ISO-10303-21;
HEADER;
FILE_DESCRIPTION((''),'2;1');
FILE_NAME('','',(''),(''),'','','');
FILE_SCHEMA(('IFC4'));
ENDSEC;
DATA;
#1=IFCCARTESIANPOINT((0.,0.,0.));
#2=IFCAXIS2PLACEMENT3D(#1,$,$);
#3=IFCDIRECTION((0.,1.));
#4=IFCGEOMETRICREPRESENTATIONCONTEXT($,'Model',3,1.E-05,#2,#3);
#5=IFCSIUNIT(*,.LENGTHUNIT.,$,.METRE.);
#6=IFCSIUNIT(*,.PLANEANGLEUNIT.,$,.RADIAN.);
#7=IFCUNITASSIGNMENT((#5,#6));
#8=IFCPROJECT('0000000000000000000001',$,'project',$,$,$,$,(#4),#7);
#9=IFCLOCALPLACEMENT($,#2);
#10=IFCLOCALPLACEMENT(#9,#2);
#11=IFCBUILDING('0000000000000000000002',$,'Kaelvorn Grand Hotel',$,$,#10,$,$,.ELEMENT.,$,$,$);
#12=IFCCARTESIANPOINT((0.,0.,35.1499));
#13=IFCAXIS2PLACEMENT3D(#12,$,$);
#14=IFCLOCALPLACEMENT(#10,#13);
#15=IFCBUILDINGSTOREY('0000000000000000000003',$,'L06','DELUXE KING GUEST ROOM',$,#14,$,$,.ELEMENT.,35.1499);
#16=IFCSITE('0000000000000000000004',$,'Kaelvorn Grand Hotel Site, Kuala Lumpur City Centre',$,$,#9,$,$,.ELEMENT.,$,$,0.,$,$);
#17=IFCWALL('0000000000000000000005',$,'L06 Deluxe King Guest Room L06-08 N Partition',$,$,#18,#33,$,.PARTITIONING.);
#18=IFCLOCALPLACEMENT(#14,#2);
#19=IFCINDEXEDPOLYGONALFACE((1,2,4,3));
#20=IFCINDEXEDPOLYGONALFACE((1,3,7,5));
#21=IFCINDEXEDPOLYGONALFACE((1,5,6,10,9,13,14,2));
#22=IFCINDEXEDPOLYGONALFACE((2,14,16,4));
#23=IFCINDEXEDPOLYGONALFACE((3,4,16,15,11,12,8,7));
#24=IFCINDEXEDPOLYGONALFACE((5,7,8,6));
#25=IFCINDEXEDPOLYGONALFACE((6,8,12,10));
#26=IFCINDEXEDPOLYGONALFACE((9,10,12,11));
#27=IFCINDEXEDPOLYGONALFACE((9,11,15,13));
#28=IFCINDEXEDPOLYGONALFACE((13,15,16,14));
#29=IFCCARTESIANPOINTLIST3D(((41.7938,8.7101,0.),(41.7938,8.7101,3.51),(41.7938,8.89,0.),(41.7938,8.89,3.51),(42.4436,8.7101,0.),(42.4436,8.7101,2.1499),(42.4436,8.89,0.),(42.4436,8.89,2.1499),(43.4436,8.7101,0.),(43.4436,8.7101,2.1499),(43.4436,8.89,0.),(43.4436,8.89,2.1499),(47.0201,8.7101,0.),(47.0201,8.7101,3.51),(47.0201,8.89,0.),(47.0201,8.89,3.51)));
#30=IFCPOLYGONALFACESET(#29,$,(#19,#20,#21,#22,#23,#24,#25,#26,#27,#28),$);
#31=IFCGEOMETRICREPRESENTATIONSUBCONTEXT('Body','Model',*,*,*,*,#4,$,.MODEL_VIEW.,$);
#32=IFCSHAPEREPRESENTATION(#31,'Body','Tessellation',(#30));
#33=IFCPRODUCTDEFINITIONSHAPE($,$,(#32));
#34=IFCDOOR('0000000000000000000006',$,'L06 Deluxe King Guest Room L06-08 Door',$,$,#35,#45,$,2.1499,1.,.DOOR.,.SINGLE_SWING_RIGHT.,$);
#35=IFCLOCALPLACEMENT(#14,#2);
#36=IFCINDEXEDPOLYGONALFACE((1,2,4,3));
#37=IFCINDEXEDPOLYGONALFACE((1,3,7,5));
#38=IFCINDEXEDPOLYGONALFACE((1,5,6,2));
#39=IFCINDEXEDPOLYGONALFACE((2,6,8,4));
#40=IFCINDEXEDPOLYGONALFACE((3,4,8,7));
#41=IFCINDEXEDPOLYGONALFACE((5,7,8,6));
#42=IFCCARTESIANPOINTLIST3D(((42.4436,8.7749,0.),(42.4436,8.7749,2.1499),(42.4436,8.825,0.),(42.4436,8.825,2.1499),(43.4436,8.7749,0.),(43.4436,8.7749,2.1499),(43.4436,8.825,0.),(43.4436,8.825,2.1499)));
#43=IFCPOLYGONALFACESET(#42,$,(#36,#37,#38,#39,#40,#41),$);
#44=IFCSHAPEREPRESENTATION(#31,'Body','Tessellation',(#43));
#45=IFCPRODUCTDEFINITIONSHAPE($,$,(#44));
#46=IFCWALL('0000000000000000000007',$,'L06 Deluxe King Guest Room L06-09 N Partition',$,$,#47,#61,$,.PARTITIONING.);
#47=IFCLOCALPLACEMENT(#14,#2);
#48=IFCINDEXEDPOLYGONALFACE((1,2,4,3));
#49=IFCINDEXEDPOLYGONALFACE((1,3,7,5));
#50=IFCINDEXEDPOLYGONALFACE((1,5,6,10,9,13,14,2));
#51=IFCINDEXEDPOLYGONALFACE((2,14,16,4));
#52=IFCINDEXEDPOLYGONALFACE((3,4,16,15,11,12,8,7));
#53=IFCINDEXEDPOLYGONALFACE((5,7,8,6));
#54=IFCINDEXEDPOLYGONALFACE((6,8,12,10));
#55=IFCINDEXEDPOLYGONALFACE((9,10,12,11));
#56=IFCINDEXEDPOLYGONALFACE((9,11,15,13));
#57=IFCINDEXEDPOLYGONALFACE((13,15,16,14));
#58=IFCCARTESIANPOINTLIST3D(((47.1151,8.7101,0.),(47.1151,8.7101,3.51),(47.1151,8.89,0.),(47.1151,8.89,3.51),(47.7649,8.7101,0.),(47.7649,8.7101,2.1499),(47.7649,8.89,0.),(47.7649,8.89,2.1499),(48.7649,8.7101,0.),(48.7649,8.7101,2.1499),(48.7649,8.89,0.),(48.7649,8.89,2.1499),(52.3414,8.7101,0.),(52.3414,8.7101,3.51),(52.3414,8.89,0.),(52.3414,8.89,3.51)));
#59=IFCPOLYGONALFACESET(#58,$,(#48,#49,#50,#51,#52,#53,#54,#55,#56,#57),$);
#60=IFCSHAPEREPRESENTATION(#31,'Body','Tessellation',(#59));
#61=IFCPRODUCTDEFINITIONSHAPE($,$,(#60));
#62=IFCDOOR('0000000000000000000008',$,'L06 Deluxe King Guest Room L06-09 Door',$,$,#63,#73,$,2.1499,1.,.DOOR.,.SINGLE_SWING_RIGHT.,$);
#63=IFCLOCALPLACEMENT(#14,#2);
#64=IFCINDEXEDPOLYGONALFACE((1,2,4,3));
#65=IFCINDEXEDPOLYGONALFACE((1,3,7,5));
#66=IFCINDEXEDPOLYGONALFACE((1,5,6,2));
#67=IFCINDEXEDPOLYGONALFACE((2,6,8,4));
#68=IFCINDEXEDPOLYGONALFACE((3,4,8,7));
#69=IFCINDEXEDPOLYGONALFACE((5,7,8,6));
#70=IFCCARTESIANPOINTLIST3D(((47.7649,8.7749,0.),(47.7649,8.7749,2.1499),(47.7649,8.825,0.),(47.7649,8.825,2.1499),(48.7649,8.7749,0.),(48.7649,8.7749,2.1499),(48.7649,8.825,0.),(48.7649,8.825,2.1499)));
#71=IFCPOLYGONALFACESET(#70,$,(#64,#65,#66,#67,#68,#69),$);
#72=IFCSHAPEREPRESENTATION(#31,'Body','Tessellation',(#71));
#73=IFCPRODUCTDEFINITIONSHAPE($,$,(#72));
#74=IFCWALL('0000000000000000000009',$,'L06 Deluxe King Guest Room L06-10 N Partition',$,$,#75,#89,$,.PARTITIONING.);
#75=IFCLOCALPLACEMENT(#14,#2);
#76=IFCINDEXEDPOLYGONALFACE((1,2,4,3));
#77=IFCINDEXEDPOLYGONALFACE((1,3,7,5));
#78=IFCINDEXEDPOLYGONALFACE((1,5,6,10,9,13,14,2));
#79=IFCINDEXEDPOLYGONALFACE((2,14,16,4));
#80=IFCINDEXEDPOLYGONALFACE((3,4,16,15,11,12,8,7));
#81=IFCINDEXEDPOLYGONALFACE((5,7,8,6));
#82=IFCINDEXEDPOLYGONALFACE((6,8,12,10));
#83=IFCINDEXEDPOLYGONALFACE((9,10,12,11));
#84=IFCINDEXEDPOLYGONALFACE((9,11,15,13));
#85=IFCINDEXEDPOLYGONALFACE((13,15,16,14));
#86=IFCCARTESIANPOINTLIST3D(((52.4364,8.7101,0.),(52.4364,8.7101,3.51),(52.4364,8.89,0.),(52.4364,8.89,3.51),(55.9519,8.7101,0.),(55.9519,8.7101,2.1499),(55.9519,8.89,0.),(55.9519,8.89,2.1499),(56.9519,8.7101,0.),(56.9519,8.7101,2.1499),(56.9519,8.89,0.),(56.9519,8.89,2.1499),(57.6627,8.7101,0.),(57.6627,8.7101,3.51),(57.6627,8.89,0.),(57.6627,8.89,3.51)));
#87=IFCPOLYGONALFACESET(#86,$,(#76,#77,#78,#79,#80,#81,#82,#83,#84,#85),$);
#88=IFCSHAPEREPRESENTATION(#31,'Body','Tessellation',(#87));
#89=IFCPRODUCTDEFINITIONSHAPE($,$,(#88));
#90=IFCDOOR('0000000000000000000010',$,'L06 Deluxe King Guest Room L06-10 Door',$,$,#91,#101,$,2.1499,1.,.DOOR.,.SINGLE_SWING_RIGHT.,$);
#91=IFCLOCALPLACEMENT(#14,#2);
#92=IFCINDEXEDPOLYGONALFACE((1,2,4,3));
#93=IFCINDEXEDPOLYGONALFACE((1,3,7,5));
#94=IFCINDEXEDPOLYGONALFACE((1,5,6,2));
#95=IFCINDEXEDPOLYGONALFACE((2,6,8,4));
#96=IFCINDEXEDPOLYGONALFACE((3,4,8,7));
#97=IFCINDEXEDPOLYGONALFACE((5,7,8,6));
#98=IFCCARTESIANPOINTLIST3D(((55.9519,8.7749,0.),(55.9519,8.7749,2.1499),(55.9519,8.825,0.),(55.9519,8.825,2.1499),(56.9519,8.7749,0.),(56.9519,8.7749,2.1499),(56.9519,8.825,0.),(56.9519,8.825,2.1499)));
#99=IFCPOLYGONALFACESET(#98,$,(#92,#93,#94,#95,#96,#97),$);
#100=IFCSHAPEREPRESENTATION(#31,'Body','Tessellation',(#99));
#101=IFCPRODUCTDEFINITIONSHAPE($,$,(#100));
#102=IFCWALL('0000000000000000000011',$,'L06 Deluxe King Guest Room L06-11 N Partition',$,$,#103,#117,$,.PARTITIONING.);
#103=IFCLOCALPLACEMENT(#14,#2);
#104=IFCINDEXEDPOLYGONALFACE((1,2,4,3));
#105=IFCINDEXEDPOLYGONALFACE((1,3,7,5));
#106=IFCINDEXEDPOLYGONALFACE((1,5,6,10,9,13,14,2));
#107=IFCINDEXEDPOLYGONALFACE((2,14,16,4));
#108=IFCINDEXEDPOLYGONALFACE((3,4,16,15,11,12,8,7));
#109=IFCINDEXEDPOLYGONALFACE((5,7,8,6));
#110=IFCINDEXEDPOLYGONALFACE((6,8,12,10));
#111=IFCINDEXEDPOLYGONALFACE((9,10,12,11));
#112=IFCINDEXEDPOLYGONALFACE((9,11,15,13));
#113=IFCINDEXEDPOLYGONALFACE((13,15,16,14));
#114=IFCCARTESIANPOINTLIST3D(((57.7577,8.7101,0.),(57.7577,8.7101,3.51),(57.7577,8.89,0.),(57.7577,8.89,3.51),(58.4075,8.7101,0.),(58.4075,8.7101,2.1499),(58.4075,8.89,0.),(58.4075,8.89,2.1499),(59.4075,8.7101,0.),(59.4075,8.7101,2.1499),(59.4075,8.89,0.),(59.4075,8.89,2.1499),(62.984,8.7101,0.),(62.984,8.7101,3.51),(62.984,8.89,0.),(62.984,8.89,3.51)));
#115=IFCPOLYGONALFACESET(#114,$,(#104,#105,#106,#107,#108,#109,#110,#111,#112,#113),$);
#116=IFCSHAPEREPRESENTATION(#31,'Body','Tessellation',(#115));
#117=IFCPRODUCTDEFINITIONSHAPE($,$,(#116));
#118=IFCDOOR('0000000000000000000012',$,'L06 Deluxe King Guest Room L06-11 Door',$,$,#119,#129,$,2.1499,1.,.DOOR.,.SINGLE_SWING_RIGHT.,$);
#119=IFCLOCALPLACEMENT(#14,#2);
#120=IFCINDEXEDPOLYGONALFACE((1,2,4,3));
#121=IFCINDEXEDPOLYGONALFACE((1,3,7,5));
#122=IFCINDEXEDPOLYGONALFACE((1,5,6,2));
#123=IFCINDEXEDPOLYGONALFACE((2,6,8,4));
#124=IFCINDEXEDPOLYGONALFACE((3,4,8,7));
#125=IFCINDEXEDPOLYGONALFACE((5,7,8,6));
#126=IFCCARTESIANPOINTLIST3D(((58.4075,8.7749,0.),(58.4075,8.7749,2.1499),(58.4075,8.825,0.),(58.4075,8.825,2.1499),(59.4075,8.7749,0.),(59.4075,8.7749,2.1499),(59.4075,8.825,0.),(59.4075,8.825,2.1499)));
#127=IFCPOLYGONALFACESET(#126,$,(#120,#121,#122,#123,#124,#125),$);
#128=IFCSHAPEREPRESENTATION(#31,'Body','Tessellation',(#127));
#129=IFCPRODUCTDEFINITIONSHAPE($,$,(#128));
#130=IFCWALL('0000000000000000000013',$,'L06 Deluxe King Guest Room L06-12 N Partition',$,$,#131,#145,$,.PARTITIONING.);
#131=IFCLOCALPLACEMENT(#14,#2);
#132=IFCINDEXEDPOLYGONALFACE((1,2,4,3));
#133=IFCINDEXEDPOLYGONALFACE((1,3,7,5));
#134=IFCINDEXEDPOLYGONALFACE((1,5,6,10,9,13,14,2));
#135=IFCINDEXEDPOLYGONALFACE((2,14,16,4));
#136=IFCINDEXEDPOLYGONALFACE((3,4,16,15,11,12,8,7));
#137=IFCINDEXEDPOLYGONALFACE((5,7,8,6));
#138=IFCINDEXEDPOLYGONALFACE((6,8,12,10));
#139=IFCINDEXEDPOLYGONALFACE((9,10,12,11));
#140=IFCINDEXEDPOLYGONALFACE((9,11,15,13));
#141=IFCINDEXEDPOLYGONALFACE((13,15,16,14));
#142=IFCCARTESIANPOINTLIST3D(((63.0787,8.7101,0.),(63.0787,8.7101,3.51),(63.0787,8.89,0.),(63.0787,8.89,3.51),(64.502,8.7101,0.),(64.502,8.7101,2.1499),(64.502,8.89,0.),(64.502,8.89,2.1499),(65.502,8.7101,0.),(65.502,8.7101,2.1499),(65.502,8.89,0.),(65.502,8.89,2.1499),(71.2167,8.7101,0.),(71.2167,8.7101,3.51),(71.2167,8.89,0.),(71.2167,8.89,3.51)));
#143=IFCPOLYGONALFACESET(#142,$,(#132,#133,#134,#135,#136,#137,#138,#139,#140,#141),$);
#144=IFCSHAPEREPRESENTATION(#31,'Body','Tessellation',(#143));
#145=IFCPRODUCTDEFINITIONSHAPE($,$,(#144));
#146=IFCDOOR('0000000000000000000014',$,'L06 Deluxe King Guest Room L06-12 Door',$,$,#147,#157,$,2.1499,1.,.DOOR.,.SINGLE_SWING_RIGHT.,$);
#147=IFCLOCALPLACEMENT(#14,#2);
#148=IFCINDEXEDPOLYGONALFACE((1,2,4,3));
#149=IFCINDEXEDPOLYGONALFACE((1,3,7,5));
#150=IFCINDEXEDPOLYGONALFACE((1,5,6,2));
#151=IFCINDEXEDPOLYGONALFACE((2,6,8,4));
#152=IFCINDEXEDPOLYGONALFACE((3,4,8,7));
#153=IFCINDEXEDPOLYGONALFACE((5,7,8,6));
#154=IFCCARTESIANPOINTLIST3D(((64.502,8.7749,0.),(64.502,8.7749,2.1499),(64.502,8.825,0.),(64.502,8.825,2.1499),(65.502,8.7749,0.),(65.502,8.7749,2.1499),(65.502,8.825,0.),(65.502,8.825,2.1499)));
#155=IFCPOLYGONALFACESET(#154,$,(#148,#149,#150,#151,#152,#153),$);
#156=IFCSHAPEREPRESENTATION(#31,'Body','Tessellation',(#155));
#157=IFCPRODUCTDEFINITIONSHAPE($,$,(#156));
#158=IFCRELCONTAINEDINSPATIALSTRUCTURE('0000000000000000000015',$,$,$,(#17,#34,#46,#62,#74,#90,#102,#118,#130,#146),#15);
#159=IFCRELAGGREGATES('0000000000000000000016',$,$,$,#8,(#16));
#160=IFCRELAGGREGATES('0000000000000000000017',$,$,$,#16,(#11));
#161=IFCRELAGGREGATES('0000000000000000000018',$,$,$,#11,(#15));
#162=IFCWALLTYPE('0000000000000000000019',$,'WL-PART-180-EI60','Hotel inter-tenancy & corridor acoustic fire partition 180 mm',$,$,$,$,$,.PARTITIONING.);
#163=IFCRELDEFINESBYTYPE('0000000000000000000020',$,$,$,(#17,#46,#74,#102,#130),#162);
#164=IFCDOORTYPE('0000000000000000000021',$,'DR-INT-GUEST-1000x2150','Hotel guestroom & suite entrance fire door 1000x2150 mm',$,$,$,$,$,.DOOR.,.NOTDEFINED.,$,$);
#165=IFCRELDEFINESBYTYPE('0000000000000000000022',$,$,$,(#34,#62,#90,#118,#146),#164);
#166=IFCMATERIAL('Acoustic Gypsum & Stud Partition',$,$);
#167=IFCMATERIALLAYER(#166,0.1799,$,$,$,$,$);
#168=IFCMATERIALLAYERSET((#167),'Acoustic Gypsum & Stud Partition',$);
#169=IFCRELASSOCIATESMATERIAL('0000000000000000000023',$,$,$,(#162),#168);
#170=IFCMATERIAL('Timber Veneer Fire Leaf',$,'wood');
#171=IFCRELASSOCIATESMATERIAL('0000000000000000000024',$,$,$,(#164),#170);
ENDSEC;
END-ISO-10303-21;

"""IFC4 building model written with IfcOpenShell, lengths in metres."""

from ifc_helpers import new_model, si_unit, direction, frame, frame_2d, origin, place, context, subcontext, project, spatial, rectangle, extrude, material, layer, layer_set, type_object, element, fill, save


model = new_model("IFC4")

# Units and contexts
model_context = context("Model", 3, precision=1e-05, world=origin(), true_north=direction((0.0, 1.0)))
body_context = subcontext(model_context, "Body", "Model", "MODEL_VIEW")
ifc_project = project(units=[si_unit("LENGTHUNIT", "METRE"), si_unit("PLANEANGLEUNIT", "RADIAN")], contexts=[model_context])

# Site, building, storey
site_placement = place(None, origin())
site = spatial("IfcSite", under=ifc_project, at=site_placement, Name="Kaelvorn Grand Hotel Site, Kuala Lumpur City Centre", CompositionType="ELEMENT", RefElevation=0.0)
building_placement = place(site_placement, origin())
building = spatial("IfcBuilding", under=site, at=building_placement, Name="Kaelvorn Grand Hotel", CompositionType="ELEMENT")
storey_placement = place(building_placement, frame((0.0, 0.0, 35.1499)))
storey = spatial("IfcBuildingStorey", under=building, at=storey_placement, Name="L06", Description="DELUXE KING GUEST ROOM", CompositionType="ELEMENT", Elevation=35.1499)

# Shared definitions
ifc_material_1 = material(Name="Acoustic Gypsum & Stud Partition")
ifc_material_2 = material(Name="Timber Veneer Fire Leaf", Category="wood")

# Walls, openings, doors
ifc_layer_1 = layer(ifc_material_1, 0.1799)
ifc_layer_set_1 = layer_set([ifc_layer_1], Name="Acoustic Gypsum & Stud Partition")
wall_type_1 = type_object("IfcWallType", Name="WL-PART-180-EI60", Description="Hotel inter-tenancy & corridor acoustic fire partition 180 mm", PredefinedType="PARTITIONING", material=ifc_layer_set_1)
wall_1_placement = place(storey_placement, frame((41.7937, 8.8, 0.0), z_axis=(0.0, 0.0, 1.0), x_axis=(1.0, 0.0, 0.0)))
wall_1 = element("IfcWall", 1, at=wall_1_placement, inside=storey, type_object=wall_type_1, Name="L06 Deluxe King Guest Room L06-08 N Partition", PredefinedType="PARTITIONING", context=body_context, shape_type="SweptSolid", body=[
    extrude(rectangle(XDim=5.2263, YDim=0.1799, at=frame_2d((2.6133, 0.0))), origin(), (0.0, 0.0, 1.0), 3.51),
])
opening_1_placement = place(wall_1_placement, frame((0.6499, 0.0, 0.0)))
opening_1 = element("IfcOpeningElement", 2, at=opening_1_placement, cuts=wall_1, PredefinedType="OPENING", context=body_context, shape_type="SweptSolid", body=[
    extrude(rectangle(XDim=1.0, YDim=2.1499, at=frame_2d((0.5, 1.075))), frame((0.0, 0.1001, 0.0), z_axis=(0.0, -1.0, 0.0), x_axis=(1.0, 0.0, 0.0)), (0.0, 0.0, 1.0), 0.2),
])
door_type_1 = type_object("IfcDoorType", Name="DR-INT-GUEST-1000x2150", Description="Hotel guestroom & suite entrance fire door 1000x2150 mm", OperationType="NOTDEFINED", PredefinedType="DOOR", material=ifc_material_2)
door_1_placement = place(opening_1_placement, origin())
door_1 = element("IfcDoor", 3, at=door_1_placement, inside=storey, type_object=door_type_1, Name="L06 Deluxe King Guest Room L06-08 Door", OperationType="SINGLE_SWING_RIGHT", OverallHeight=2.1499, OverallWidth=1.0, PredefinedType="DOOR", context=body_context, shape_type="SweptSolid", body=[
    extrude(rectangle(XDim=1.0, YDim=2.1499, at=frame_2d((0.5, 1.075))), frame((0.0, 0.0249, 0.0), z_axis=(0.0, -1.0, 0.0), x_axis=(1.0, 0.0, 0.0)), (0.0, 0.0, 1.0), 0.05),
])
fill(opening_1, door_1)
wall_2_placement = place(storey_placement, frame((47.115, 8.8, 0.0), z_axis=(0.0, 0.0, 1.0), x_axis=(1.0, 0.0, 0.0)))
wall_2 = element("IfcWall", 4, at=wall_2_placement, inside=storey, type_object=wall_type_1, Name="L06 Deluxe King Guest Room L06-09 N Partition", PredefinedType="PARTITIONING", context=body_context, shape_type="SweptSolid", body=[
    extrude(rectangle(XDim=5.2263, YDim=0.1799, at=frame_2d((2.6133, 0.0))), origin(), (0.0, 0.0, 1.0), 3.51),
])
opening_2_placement = place(wall_2_placement, frame((0.6499, 0.0, 0.0)))
opening_2 = element("IfcOpeningElement", 5, at=opening_2_placement, cuts=wall_2, PredefinedType="OPENING", context=body_context, shape_type="SweptSolid", body=[
    extrude(rectangle(XDim=1.0, YDim=2.1499, at=frame_2d((0.5, 1.075))), frame((0.0, 0.1001, 0.0), z_axis=(0.0, -1.0, 0.0), x_axis=(1.0, 0.0, 0.0)), (0.0, 0.0, 1.0), 0.2),
])
door_2_placement = place(opening_2_placement, origin())
door_2 = element("IfcDoor", 6, at=door_2_placement, inside=storey, type_object=door_type_1, Name="L06 Deluxe King Guest Room L06-09 Door", OperationType="SINGLE_SWING_RIGHT", OverallHeight=2.1499, OverallWidth=1.0, PredefinedType="DOOR", context=body_context, shape_type="SweptSolid", body=[
    extrude(rectangle(XDim=1.0, YDim=2.1499, at=frame_2d((0.5, 1.075))), frame((0.0, 0.0249, 0.0), z_axis=(0.0, -1.0, 0.0), x_axis=(1.0, 0.0, 0.0)), (0.0, 0.0, 1.0), 0.05),
])
fill(opening_2, door_2)
wall_3_placement = place(storey_placement, frame((52.4363, 8.8, 0.0), z_axis=(0.0, 0.0, 1.0), x_axis=(1.0, 0.0, 0.0)))
wall_3 = element("IfcWall", 7, at=wall_3_placement, inside=storey, type_object=wall_type_1, Name="L06 Deluxe King Guest Room L06-10 N Partition", PredefinedType="PARTITIONING", context=body_context, shape_type="SweptSolid", body=[
    extrude(rectangle(XDim=5.2263, YDim=0.1799, at=frame_2d((2.6133, 0.0))), origin(), (0.0, 0.0, 1.0), 3.51),
])
opening_3_placement = place(wall_3_placement, frame((3.5156, 0.0, 0.0)))
opening_3 = element("IfcOpeningElement", 8, at=opening_3_placement, cuts=wall_3, PredefinedType="OPENING", context=body_context, shape_type="SweptSolid", body=[
    extrude(rectangle(XDim=1.0, YDim=2.1499, at=frame_2d((0.5, 1.075))), frame((0.0, 0.1001, 0.0), z_axis=(0.0, -1.0, 0.0), x_axis=(1.0, 0.0, 0.0)), (0.0, 0.0, 1.0), 0.2),
])
door_3_placement = place(opening_3_placement, origin())
door_3 = element("IfcDoor", 9, at=door_3_placement, inside=storey, type_object=door_type_1, Name="L06 Deluxe King Guest Room L06-10 Door", OperationType="SINGLE_SWING_RIGHT", OverallHeight=2.1499, OverallWidth=1.0, PredefinedType="DOOR", context=body_context, shape_type="SweptSolid", body=[
    extrude(rectangle(XDim=1.0, YDim=2.1499, at=frame_2d((0.5, 1.075))), frame((0.0, 0.0249, 0.0), z_axis=(0.0, -1.0, 0.0), x_axis=(1.0, 0.0, 0.0)), (0.0, 0.0, 1.0), 0.05),
])
fill(opening_3, door_3)
wall_4_placement = place(storey_placement, frame((57.7576, 8.8, 0.0), z_axis=(0.0, 0.0, 1.0), x_axis=(1.0, 0.0, 0.0)))
wall_4 = element("IfcWall", 10, at=wall_4_placement, inside=storey, type_object=wall_type_1, Name="L06 Deluxe King Guest Room L06-11 N Partition", PredefinedType="PARTITIONING", context=body_context, shape_type="SweptSolid", body=[
    extrude(rectangle(XDim=5.2263, YDim=0.1799, at=frame_2d((2.6133, 0.0))), origin(), (0.0, 0.0, 1.0), 3.51),
])
opening_4_placement = place(wall_4_placement, frame((0.6499, 0.0, 0.0)))
opening_4 = element("IfcOpeningElement", 11, at=opening_4_placement, cuts=wall_4, PredefinedType="OPENING", context=body_context, shape_type="SweptSolid", body=[
    extrude(rectangle(XDim=1.0, YDim=2.1499, at=frame_2d((0.5, 1.075))), frame((0.0, 0.1001, 0.0), z_axis=(0.0, -1.0, 0.0), x_axis=(1.0, 0.0, 0.0)), (0.0, 0.0, 1.0), 0.2),
])
door_4_placement = place(opening_4_placement, origin())
door_4 = element("IfcDoor", 12, at=door_4_placement, inside=storey, type_object=door_type_1, Name="L06 Deluxe King Guest Room L06-11 Door", OperationType="SINGLE_SWING_RIGHT", OverallHeight=2.1499, OverallWidth=1.0, PredefinedType="DOOR", context=body_context, shape_type="SweptSolid", body=[
    extrude(rectangle(XDim=1.0, YDim=2.1499, at=frame_2d((0.5, 1.075))), frame((0.0, 0.0249, 0.0), z_axis=(0.0, -1.0, 0.0), x_axis=(1.0, 0.0, 0.0)), (0.0, 0.0, 1.0), 0.05),
])
fill(opening_4, door_4)
wall_5_placement = place(storey_placement, frame((63.0789, 8.8, 0.0), z_axis=(0.0, 0.0, 1.0), x_axis=(1.0, 0.0, 0.0)))
wall_5 = element("IfcWall", 13, at=wall_5_placement, inside=storey, type_object=wall_type_1, Name="L06 Deluxe King Guest Room L06-12 N Partition", PredefinedType="PARTITIONING", context=body_context, shape_type="SweptSolid", body=[
    extrude(rectangle(XDim=8.1379, YDim=0.1799, at=frame_2d((4.0688, 0.0))), origin(), (0.0, 0.0, 1.0), 3.51),
])
opening_5_placement = place(wall_5_placement, frame((1.4231, 0.0, 0.0)))
opening_5 = element("IfcOpeningElement", 14, at=opening_5_placement, cuts=wall_5, PredefinedType="OPENING", context=body_context, shape_type="SweptSolid", body=[
    extrude(rectangle(XDim=1.0, YDim=2.1499, at=frame_2d((0.5, 1.075))), frame((0.0, 0.1001, 0.0), z_axis=(0.0, -1.0, 0.0), x_axis=(1.0, 0.0, 0.0)), (0.0, 0.0, 1.0), 0.2),
])
door_5_placement = place(opening_5_placement, origin())
door_5 = element("IfcDoor", 15, at=door_5_placement, inside=storey, type_object=door_type_1, Name="L06 Deluxe King Guest Room L06-12 Door", OperationType="SINGLE_SWING_RIGHT", OverallHeight=2.1499, OverallWidth=1.0, PredefinedType="DOOR", context=body_context, shape_type="SweptSolid", body=[
    extrude(rectangle(XDim=1.0, YDim=2.1499, at=frame_2d((0.5, 1.075))), frame((0.0, 0.0249, 0.0), z_axis=(0.0, -1.0, 0.0), x_axis=(1.0, 0.0, 0.0)), (0.0, 0.0, 1.0), 0.05),
])
fill(opening_5, door_5)

save(model, "model.ifc")
